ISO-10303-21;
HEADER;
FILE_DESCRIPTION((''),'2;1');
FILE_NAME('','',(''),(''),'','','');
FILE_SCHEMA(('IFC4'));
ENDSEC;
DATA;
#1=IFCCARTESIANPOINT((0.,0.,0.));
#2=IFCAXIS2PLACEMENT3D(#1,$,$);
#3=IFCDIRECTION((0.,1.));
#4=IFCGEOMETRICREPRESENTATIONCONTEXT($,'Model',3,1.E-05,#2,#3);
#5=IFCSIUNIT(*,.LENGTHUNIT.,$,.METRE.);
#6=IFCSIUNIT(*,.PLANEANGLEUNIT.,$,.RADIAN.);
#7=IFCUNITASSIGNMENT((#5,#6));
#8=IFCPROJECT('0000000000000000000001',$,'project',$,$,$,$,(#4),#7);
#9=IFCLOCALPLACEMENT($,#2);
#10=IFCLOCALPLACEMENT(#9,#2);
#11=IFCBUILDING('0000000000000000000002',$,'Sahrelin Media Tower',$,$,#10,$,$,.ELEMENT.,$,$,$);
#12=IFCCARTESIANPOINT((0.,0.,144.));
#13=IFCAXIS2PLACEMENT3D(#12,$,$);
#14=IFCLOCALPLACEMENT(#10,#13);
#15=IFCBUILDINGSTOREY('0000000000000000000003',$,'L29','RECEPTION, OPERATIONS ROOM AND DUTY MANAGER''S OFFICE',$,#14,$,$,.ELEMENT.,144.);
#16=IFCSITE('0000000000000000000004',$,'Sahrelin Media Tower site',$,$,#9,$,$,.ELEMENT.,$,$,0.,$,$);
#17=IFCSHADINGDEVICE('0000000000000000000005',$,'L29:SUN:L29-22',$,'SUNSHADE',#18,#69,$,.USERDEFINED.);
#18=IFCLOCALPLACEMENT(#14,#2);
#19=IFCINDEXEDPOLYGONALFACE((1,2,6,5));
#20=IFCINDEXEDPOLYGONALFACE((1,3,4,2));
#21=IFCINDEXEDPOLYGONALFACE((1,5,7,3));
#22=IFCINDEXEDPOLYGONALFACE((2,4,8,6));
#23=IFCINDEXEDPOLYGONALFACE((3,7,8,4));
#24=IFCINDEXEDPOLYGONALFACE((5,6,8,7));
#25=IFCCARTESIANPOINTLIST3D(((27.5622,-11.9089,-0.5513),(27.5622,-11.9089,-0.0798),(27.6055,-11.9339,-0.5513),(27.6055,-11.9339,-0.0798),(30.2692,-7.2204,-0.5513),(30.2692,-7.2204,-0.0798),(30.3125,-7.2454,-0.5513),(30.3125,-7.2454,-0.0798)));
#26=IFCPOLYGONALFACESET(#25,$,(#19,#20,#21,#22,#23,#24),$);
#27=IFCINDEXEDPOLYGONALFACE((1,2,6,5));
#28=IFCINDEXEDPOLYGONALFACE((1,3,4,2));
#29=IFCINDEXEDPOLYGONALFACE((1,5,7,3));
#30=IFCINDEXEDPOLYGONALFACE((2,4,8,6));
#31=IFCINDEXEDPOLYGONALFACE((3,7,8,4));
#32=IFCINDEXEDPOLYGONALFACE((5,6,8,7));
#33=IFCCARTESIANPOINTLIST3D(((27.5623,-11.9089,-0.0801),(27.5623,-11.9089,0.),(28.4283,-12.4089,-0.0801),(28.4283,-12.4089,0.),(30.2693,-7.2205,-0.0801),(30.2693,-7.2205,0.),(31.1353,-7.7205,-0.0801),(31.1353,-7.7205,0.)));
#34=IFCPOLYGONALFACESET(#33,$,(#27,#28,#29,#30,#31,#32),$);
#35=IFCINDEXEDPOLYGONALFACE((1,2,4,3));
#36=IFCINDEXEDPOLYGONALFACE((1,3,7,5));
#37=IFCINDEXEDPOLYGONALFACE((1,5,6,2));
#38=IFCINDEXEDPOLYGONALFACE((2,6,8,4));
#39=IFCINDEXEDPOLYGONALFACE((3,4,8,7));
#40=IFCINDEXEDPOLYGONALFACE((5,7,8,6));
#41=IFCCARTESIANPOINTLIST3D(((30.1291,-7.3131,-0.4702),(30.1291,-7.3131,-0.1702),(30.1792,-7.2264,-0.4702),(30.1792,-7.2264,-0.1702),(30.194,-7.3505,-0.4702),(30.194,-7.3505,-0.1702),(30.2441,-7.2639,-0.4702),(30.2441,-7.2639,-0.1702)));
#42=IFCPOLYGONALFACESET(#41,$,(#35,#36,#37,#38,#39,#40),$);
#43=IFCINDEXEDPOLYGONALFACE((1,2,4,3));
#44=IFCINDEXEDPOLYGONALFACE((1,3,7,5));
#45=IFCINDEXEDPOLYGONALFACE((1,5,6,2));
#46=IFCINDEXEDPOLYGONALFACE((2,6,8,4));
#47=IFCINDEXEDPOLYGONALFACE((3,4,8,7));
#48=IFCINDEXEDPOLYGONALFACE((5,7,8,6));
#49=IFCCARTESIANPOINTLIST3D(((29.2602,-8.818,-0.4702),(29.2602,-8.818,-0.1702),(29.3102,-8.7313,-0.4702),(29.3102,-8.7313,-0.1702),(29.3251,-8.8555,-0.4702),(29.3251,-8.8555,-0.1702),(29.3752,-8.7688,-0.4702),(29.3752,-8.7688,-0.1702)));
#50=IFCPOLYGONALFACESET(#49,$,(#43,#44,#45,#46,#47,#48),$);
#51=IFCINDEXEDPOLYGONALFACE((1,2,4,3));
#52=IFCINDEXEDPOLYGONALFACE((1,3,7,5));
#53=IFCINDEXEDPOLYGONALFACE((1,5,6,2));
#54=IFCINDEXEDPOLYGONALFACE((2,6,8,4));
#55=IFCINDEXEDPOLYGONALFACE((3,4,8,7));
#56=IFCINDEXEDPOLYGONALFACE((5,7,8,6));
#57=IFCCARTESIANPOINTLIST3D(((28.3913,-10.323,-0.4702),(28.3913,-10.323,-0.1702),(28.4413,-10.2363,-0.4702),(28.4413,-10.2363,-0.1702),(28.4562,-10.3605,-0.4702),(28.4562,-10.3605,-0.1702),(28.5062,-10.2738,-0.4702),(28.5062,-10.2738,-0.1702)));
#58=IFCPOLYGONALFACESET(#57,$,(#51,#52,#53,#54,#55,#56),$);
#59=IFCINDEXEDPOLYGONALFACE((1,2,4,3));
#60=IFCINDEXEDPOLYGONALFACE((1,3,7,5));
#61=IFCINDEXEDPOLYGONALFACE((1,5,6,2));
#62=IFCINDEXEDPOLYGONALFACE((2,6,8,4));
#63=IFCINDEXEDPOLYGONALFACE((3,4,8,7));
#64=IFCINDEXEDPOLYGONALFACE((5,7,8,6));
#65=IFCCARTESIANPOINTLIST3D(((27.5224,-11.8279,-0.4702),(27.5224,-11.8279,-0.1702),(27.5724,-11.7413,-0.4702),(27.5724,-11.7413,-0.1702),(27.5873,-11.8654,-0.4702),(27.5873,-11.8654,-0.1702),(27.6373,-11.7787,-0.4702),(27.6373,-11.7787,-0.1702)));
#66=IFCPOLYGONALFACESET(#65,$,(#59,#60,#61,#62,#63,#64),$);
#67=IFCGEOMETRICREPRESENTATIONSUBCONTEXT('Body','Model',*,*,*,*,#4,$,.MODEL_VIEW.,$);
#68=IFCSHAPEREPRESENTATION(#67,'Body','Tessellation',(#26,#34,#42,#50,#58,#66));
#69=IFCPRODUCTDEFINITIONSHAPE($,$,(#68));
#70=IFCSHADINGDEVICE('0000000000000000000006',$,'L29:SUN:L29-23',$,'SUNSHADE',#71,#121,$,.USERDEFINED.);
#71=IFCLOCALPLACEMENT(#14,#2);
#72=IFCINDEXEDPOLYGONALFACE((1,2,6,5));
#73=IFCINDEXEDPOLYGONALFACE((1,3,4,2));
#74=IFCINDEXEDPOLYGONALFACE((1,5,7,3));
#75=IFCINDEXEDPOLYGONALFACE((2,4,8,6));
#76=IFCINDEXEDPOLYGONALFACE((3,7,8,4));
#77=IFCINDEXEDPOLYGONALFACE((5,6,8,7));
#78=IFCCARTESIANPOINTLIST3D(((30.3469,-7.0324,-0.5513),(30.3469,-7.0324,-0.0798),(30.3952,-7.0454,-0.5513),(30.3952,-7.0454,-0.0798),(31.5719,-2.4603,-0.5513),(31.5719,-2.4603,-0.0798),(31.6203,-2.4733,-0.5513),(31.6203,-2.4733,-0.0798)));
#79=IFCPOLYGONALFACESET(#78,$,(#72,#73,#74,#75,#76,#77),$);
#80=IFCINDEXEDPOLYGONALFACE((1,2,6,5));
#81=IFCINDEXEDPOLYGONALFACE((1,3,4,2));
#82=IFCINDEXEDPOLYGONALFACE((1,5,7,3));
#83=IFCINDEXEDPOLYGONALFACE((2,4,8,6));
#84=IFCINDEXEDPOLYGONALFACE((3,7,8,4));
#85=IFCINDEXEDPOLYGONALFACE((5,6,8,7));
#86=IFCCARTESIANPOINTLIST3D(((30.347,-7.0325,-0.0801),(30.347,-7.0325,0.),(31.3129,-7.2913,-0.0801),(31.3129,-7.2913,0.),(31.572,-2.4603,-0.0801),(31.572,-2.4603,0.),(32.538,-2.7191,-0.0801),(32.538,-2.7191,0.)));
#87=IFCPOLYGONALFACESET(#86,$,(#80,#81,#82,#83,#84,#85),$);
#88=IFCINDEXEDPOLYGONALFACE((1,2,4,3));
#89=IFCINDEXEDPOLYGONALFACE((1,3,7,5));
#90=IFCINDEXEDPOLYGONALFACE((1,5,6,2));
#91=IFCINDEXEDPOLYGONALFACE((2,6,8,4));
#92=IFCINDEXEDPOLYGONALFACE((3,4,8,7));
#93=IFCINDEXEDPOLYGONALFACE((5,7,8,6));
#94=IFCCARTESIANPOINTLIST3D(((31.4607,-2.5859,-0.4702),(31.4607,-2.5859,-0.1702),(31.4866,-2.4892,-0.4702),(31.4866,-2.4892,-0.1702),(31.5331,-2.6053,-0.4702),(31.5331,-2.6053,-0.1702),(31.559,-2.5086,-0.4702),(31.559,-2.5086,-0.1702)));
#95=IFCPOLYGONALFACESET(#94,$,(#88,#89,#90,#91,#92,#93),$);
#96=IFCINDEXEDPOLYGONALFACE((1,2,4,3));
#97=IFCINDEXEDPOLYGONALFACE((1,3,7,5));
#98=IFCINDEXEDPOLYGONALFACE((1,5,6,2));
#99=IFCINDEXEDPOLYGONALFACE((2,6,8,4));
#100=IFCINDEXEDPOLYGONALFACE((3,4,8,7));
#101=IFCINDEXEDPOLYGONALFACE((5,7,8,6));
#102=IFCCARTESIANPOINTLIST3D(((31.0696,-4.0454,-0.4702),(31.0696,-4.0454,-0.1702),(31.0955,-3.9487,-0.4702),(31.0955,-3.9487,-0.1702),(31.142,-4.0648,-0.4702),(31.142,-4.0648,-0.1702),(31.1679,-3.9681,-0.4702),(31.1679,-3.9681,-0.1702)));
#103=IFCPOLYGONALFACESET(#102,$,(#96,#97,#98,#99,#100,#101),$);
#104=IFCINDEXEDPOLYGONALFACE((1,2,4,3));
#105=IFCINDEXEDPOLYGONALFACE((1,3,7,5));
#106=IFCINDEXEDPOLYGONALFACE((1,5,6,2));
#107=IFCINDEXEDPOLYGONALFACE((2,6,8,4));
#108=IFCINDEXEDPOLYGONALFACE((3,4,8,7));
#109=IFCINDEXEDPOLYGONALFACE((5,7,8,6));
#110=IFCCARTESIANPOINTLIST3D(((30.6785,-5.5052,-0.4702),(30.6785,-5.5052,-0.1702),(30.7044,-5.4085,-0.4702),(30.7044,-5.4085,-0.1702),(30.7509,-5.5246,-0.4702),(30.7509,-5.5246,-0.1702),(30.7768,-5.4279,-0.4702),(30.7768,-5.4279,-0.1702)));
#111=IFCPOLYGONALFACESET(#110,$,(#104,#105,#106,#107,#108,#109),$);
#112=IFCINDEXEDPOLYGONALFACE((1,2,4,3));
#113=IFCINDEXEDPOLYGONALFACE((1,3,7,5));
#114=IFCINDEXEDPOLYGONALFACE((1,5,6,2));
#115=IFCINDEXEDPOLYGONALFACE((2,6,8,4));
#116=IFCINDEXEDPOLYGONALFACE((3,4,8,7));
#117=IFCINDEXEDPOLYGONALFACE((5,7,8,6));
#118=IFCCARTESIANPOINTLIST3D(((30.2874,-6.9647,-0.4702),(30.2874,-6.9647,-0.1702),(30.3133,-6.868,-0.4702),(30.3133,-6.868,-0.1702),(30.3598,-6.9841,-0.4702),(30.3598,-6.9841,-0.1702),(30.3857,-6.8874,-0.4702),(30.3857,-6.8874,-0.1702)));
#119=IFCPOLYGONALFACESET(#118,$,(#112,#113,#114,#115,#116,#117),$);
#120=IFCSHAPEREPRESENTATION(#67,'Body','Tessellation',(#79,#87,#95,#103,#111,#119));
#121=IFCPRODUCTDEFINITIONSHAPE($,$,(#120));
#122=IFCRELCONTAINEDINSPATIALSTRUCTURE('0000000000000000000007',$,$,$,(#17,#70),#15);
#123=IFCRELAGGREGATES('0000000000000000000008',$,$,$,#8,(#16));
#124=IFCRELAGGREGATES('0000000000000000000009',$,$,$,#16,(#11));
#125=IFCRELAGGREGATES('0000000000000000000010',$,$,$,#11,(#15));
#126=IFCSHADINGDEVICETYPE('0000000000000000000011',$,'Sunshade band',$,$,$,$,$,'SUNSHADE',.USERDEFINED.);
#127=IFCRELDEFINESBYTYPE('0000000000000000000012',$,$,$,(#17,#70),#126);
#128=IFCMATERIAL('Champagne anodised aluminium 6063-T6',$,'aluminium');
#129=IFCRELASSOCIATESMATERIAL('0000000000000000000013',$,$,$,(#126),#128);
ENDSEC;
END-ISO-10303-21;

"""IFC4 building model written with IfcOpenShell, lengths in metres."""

from ifc_helpers import new_model, si_unit, direction, frame, origin, origin_2d, place, context, subcontext, project, spatial, rectangle, extrude, material, type_object, element, save


model = new_model("IFC4")

# Units and contexts
model_context = context("Model", 3, precision=1e-05, world=origin(), true_north=direction((0.0, 1.0)))
body_context = subcontext(model_context, "Body", "Model", "MODEL_VIEW")
ifc_project = project(units=[si_unit("LENGTHUNIT", "METRE"), si_unit("PLANEANGLEUNIT", "RADIAN")], contexts=[model_context])

# Site, building, storey
site_placement = place(None, origin())
site = spatial("IfcSite", under=ifc_project, at=site_placement, Name="Sahrelin Media Tower site", CompositionType="ELEMENT", RefElevation=0.0)
building_placement = place(site_placement, origin())
building = spatial("IfcBuilding", under=site, at=building_placement, Name="Sahrelin Media Tower", CompositionType="ELEMENT")
storey_placement = place(building_placement, frame((0.0, 0.0, 144.0)))
storey = spatial("IfcBuildingStorey", under=building, at=storey_placement, Name="L29", Description="RECEPTION, OPERATIONS ROOM AND DUTY MANAGER'S OFFICE", CompositionType="ELEMENT", Elevation=144.0)

# Shared definitions
ifc_material_1 = material(Name="Champagne anodised aluminium 6063-T6", Category="aluminium")

# Shading devices
placement_1 = place(storey_placement, frame((28.8984, -9.5547, 0.0), z_axis=(0.0, 0.0, 1.0), x_axis=(-0.500011, -0.866019, 0.0)))
placement_2 = place(storey_placement, frame((30.9402, -4.7412, 0.0), z_axis=(0.0, 0.0, 1.0), x_axis=(-0.258808, -0.965929, 0.0)))
shading_device_type_1 = type_object("IfcShadingDeviceType", Name="Sunshade band", ElementType="SUNSHADE", PredefinedType="USERDEFINED", material=ifc_material_1)
element("IfcShadingDevice", 1, at=placement_1, inside=storey, type_object=shading_device_type_1, Name="L29:SUN:L29-22", ObjectType="SUNSHADE", PredefinedType="USERDEFINED", context=body_context, shape_type="SweptSolid", body=[
    extrude(rectangle(XDim=5.4138, YDim=0.05, at=origin_2d()), frame((0.0, 0.0449, -0.5513)), (0.0, 0.0, 1.0), 0.4714),
    extrude(rectangle(XDim=5.4138, YDim=1.0, at=origin_2d()), frame((0.0, 0.52, -0.0801)), (0.0, 0.0, 1.0), 0.0801),
    extrude(rectangle(XDim=0.1001, YDim=0.075, at=origin_2d()), frame((-2.6067, -0.0176, -0.4702)), (0.0, 0.0, 1.0), 0.3),
    extrude(rectangle(XDim=0.1001, YDim=0.075, at=origin_2d()), frame((-0.8689, -0.0176, -0.4702)), (0.0, 0.0, 1.0), 0.3),
    extrude(rectangle(XDim=0.1001, YDim=0.075, at=origin_2d()), frame((0.8689, -0.0176, -0.4702)), (0.0, 0.0, 1.0), 0.3),
    extrude(rectangle(XDim=0.1001, YDim=0.075, at=origin_2d()), frame((2.6067, -0.0176, -0.4702)), (0.0, 0.0, 1.0), 0.3),
])
element("IfcShadingDevice", 2, at=placement_2, inside=storey, type_object=shading_device_type_1, Name="L29:SUN:L29-23", ObjectType="SUNSHADE", PredefinedType="USERDEFINED", context=body_context, shape_type="SweptSolid", body=[
    extrude(rectangle(XDim=4.7334, YDim=0.05, at=origin_2d()), frame((0.0, 0.0449, -0.5513)), (0.0, 0.0, 1.0), 0.4714),
    extrude(rectangle(XDim=4.7334, YDim=1.0, at=origin_2d()), frame((0.0, 0.52, -0.0801)), (0.0, 0.0, 1.0), 0.0801),
    extrude(rectangle(XDim=0.1001, YDim=0.075, at=origin_2d()), frame((-2.2666, -0.0176, -0.4702)), (0.0, 0.0, 1.0), 0.3),
    extrude(rectangle(XDim=0.1001, YDim=0.075, at=origin_2d()), frame((-0.7556, -0.0176, -0.4702)), (0.0, 0.0, 1.0), 0.3),
    extrude(rectangle(XDim=0.1001, YDim=0.075, at=origin_2d()), frame((0.7556, -0.0176, -0.4702)), (0.0, 0.0, 1.0), 0.3),
    extrude(rectangle(XDim=0.1001, YDim=0.075, at=origin_2d()), frame((2.2666, -0.0176, -0.4702)), (0.0, 0.0, 1.0), 0.3),
])

save(model, "model.ifc")
